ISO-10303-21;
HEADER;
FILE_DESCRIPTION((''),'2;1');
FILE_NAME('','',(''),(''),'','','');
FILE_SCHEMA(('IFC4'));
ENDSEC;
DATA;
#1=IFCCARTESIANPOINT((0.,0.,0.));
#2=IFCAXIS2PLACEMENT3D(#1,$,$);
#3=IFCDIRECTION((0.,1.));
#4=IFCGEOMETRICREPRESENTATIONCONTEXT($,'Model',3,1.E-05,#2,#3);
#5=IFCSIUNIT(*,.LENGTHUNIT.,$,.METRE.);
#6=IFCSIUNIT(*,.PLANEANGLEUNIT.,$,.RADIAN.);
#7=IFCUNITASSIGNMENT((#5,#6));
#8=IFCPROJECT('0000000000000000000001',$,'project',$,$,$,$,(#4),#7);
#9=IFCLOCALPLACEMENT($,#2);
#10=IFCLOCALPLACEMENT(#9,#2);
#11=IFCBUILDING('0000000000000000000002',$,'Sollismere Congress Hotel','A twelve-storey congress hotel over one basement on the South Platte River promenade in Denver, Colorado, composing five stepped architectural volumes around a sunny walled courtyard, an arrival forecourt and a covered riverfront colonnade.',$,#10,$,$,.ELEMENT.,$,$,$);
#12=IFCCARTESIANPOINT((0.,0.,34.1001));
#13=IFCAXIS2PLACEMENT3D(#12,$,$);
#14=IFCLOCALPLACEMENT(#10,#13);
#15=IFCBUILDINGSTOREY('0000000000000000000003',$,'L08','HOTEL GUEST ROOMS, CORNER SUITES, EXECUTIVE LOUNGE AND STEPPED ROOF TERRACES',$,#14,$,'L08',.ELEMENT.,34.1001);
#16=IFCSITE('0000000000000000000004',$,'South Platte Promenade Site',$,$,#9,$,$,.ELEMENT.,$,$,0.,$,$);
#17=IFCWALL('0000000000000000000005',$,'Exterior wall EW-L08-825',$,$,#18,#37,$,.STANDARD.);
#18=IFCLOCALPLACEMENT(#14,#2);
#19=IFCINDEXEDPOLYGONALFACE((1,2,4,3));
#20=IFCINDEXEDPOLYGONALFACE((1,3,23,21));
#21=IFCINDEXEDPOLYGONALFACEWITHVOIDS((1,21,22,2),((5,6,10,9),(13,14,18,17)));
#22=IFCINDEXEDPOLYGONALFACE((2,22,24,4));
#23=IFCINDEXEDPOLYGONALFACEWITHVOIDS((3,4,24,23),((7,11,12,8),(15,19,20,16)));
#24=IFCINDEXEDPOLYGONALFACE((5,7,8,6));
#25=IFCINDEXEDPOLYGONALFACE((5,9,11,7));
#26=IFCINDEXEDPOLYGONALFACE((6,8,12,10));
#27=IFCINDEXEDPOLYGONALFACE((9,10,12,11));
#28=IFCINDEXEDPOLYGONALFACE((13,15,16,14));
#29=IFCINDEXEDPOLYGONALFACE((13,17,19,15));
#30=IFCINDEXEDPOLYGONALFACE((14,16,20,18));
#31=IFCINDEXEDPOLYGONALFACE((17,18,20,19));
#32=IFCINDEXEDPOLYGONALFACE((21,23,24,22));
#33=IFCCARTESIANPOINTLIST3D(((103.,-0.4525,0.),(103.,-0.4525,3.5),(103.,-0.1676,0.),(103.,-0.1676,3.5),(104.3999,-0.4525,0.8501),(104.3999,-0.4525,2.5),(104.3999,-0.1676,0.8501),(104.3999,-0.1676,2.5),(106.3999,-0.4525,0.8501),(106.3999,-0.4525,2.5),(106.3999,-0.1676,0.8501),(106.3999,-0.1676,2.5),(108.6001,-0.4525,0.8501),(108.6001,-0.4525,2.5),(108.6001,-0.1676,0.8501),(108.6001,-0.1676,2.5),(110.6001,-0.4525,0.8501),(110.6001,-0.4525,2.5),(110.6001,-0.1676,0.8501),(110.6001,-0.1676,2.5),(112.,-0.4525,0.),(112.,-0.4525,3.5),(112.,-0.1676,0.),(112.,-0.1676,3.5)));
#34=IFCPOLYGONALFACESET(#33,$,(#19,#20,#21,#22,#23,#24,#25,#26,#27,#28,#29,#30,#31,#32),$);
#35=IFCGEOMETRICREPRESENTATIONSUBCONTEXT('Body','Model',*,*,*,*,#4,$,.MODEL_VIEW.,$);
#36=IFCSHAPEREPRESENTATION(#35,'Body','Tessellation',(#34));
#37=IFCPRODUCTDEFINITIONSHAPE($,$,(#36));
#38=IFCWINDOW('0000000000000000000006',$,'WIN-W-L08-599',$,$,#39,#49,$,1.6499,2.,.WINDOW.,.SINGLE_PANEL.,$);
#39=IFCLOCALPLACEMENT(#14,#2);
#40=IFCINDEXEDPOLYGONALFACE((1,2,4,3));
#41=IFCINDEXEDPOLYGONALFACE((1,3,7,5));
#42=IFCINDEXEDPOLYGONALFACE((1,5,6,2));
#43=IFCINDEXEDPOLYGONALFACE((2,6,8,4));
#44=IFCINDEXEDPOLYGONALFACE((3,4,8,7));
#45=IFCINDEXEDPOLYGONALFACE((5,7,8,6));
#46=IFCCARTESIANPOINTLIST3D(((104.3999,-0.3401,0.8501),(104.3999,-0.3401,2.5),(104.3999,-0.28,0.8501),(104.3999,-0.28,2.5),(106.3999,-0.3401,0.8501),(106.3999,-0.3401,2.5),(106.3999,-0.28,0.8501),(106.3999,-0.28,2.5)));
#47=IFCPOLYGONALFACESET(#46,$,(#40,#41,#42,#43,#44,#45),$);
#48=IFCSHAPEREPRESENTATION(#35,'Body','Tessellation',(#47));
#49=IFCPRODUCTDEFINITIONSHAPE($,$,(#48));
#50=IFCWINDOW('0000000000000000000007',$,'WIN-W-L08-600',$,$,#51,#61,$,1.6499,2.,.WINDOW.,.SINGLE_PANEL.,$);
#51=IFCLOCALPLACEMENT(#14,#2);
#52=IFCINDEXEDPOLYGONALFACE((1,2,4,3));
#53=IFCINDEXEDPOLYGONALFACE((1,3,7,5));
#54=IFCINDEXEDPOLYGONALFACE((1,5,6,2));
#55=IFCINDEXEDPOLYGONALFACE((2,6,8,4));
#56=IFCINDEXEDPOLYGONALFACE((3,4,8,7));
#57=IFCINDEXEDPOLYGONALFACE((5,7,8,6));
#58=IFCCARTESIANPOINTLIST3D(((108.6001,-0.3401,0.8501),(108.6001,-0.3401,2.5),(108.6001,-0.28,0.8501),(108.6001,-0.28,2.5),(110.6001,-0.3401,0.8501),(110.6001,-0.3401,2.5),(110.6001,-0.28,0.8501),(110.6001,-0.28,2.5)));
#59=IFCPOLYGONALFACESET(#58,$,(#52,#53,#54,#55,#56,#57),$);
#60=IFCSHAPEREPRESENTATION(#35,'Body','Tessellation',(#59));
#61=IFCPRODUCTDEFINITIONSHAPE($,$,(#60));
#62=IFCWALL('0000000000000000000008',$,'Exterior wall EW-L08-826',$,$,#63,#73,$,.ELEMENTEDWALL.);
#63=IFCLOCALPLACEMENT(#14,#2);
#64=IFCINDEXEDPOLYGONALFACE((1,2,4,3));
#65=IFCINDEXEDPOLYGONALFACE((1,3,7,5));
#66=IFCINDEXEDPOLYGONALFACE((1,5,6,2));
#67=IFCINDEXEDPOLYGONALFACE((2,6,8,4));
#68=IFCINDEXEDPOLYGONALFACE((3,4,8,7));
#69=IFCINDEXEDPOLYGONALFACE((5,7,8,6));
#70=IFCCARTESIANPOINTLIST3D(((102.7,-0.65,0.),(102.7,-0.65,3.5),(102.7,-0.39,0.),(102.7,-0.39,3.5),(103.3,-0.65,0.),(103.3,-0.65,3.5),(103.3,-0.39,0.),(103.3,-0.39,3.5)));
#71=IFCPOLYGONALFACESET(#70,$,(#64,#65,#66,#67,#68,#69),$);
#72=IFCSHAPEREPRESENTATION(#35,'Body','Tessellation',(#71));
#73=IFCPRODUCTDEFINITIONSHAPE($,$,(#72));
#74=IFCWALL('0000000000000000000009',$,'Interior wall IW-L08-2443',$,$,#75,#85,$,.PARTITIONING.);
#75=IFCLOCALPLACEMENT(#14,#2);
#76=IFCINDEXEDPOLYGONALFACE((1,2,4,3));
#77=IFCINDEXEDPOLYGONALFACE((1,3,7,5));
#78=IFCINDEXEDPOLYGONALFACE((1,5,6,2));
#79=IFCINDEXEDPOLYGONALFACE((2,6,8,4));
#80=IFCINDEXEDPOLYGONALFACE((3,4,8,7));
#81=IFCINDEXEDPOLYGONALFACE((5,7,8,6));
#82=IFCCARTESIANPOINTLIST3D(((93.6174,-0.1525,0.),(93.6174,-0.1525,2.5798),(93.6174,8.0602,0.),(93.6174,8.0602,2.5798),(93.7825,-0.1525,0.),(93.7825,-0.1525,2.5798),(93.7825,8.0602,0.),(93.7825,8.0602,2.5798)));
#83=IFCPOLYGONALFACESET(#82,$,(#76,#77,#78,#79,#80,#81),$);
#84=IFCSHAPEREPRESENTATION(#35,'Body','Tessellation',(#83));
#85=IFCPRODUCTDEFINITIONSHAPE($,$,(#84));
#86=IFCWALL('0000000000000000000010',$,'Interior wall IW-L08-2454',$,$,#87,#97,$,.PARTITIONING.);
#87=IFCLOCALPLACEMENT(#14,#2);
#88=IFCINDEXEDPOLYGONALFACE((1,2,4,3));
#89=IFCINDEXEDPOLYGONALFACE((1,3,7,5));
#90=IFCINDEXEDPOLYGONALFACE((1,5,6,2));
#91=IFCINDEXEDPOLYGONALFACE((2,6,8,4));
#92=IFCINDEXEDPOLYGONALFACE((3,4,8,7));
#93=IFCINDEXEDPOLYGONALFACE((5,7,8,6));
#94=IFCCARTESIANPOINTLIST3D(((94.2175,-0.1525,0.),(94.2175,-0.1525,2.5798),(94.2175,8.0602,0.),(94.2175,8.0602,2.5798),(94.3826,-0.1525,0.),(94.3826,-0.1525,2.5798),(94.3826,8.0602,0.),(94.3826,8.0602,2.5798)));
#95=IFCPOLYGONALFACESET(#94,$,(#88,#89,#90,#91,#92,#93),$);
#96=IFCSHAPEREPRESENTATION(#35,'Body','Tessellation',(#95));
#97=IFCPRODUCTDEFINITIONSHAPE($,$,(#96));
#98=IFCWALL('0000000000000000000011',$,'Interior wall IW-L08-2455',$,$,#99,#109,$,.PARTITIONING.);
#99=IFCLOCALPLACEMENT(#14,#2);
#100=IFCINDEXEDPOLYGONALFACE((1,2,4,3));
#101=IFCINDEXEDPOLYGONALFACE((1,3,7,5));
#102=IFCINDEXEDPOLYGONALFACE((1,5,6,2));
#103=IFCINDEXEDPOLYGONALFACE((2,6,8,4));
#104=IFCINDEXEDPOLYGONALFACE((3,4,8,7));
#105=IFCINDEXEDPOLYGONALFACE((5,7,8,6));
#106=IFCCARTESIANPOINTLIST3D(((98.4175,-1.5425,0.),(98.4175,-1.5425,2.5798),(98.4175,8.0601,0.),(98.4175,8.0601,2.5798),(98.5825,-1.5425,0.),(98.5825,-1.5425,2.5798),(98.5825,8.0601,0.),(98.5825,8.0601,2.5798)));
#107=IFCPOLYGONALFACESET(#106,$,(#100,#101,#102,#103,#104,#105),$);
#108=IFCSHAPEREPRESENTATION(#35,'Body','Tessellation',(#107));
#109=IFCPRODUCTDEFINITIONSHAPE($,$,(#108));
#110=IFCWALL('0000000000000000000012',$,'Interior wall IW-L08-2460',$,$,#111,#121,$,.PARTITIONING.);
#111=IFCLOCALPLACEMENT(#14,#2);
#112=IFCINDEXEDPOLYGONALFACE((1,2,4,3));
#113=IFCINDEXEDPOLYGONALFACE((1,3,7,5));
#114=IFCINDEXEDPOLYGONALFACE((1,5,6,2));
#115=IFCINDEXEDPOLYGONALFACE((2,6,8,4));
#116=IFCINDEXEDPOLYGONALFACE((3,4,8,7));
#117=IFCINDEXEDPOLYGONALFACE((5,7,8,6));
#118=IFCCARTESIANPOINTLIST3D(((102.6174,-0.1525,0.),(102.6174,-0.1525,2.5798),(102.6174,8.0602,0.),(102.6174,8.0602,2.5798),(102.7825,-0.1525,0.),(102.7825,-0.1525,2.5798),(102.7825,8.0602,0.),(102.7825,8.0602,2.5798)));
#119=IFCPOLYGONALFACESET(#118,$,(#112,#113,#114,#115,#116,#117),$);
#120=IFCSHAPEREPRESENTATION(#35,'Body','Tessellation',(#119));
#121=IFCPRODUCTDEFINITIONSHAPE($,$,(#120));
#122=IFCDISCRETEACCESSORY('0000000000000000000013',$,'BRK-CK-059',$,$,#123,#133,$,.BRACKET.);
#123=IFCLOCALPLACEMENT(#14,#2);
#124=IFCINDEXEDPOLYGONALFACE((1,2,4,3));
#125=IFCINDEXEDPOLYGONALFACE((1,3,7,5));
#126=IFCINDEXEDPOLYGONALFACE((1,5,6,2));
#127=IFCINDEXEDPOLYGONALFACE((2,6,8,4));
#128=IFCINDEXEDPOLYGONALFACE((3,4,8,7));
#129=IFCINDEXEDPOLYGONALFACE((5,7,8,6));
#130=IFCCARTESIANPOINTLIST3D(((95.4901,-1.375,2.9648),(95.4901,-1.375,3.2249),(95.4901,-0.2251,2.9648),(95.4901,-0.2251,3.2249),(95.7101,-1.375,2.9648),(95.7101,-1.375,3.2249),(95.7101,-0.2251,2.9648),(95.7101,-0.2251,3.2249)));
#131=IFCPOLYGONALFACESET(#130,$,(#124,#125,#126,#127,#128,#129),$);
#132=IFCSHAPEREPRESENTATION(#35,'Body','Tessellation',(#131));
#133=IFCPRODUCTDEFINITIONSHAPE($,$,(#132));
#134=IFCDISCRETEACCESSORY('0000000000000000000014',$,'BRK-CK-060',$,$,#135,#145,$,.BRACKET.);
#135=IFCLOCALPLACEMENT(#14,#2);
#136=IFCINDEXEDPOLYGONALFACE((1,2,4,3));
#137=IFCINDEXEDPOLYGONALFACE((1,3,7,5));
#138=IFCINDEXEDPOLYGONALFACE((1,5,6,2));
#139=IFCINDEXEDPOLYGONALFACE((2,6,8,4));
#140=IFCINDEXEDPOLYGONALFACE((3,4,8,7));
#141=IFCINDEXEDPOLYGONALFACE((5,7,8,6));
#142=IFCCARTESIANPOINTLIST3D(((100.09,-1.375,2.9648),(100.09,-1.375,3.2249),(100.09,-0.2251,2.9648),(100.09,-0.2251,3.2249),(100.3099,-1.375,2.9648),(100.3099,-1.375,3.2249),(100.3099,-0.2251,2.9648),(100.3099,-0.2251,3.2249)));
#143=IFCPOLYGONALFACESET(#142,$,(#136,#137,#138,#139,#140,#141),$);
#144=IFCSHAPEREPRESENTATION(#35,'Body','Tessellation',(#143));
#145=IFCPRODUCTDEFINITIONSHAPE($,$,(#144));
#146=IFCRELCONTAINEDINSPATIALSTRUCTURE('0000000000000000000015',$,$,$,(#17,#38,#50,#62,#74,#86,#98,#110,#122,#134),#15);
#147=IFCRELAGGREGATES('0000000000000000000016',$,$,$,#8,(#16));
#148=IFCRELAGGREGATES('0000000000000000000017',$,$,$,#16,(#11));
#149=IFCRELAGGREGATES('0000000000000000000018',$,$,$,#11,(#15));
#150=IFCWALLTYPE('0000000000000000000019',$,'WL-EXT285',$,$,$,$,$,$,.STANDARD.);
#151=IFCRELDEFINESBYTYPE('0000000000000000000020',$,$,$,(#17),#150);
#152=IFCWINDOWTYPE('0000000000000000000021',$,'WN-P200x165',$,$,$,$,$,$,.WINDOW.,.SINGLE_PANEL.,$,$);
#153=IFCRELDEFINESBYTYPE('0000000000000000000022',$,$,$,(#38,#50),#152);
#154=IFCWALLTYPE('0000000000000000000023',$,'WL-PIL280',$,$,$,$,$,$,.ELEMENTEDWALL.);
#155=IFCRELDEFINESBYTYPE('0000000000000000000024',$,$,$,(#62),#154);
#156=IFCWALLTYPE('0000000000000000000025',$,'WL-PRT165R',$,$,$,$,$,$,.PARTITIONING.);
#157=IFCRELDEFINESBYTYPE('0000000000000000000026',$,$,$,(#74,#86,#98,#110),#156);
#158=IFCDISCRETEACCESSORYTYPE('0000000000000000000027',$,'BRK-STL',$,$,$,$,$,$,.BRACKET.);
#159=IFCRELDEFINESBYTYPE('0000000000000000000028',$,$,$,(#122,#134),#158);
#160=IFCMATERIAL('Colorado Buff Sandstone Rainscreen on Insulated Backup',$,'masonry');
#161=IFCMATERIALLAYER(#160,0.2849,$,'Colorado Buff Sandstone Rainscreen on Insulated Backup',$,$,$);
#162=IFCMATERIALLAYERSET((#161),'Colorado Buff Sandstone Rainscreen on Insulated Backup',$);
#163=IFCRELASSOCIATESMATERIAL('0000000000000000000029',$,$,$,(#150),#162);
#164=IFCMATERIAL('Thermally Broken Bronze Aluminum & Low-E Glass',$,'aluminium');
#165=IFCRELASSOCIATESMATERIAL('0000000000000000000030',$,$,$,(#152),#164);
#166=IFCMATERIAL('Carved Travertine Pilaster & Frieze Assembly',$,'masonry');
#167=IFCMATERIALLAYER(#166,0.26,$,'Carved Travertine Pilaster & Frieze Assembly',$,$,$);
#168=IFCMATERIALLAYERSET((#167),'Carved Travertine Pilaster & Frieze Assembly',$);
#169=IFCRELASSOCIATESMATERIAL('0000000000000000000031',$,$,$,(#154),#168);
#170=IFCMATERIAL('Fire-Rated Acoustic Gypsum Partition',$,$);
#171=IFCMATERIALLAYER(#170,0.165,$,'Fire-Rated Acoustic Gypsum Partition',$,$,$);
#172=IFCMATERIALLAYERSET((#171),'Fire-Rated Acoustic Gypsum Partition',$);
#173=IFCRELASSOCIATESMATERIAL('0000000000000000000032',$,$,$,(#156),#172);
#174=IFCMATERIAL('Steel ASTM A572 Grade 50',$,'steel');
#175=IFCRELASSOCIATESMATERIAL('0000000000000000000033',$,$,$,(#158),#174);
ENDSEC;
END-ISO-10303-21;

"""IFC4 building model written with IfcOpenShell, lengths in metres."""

from ifc_helpers import new_model, si_unit, direction, frame, frame_2d, origin, origin_2d, place, context, subcontext, project, spatial, rectangle, extrude, material, layer, layer_set, type_object, element, fill, save


model = new_model("IFC4")

# Units and contexts
model_context = context("Model", 3, precision=1e-05, world=origin(), true_north=direction((0.0, 1.0)))
body_context = subcontext(model_context, "Body", "Model", "MODEL_VIEW")
ifc_project = project(units=[si_unit("LENGTHUNIT", "METRE"), si_unit("PLANEANGLEUNIT", "RADIAN")], contexts=[model_context])

# Site, building, storey
site_placement = place(None, origin())
site = spatial("IfcSite", under=ifc_project, at=site_placement, Name="South Platte Promenade Site", CompositionType="ELEMENT", RefElevation=0.0)
building_placement = place(site_placement, origin())
building = spatial("IfcBuilding", under=site, at=building_placement, Name="Sollismere Congress Hotel", Description="A twelve-storey congress hotel over one basement on the South Platte River promenade in Denver, Colorado, composing five stepped architectural volumes around a sunny walled courtyard, an arrival forecourt and a covered riverfront colonnade.", CompositionType="ELEMENT")
storey_placement = place(building_placement, frame((0.0, 0.0, 34.1001)))
storey = spatial("IfcBuildingStorey", under=building, at=storey_placement, Name="L08", Description="HOTEL GUEST ROOMS, CORNER SUITES, EXECUTIVE LOUNGE AND STEPPED ROOF TERRACES", LongName="L08", CompositionType="ELEMENT", Elevation=34.1001)

# Shared definitions
ifc_material_1 = material(Name="Colorado Buff Sandstone Rainscreen on Insulated Backup", Category="masonry")
ifc_layer_1 = layer(ifc_material_1, 0.2849, Name="Colorado Buff Sandstone Rainscreen on Insulated Backup")
ifc_layer_set_1 = layer_set([ifc_layer_1], Name="Colorado Buff Sandstone Rainscreen on Insulated Backup")
wall_type_1 = type_object("IfcWallType", Name="WL-EXT285", PredefinedType="STANDARD", material=ifc_layer_set_1)

# Shared definitions
ifc_material_2 = material(Name="Thermally Broken Bronze Aluminum & Low-E Glass", Category="aluminium")

# Wall, openings, windows
wall_1_placement = place(storey_placement, frame((103.0, -0.3101, 0.0), z_axis=(0.0, 0.0, 1.0), x_axis=(1.0, 0.0, 0.0)))
wall_1 = element("IfcWall", 1, at=wall_1_placement, inside=storey, type_object=wall_type_1, Name="Exterior wall EW-L08-825", PredefinedType="STANDARD", context=body_context, shape_type="SweptSolid", body=[
    extrude(rectangle(XDim=9.0, YDim=0.2849, at=frame_2d((4.5, 0.0))), origin(), (0.0, 0.0, 1.0), 3.5),
])
opening_1_placement = place(wall_1_placement, frame((1.3999, 0.0, 0.8501)))
opening_1 = element("IfcOpeningElement", 2, at=opening_1_placement, cuts=wall_1, PredefinedType="OPENING", context=body_context, shape_type="SweptSolid", body=[
    extrude(rectangle(XDim=2.0, YDim=1.6499, at=frame_2d((1.0, 0.825))), frame((0.0, 0.1523, 0.0), z_axis=(0.0, -1.0, 0.0), x_axis=(1.0, 0.0, 0.0)), (0.0, 0.0, 1.0), 0.3049),
])
opening_2_placement = place(wall_1_placement, frame((5.6001, 0.0, 0.8501)))
opening_2 = element("IfcOpeningElement", 3, at=opening_2_placement, cuts=wall_1, PredefinedType="OPENING", context=body_context, shape_type="SweptSolid", body=[
    extrude(rectangle(XDim=2.0, YDim=1.6499, at=frame_2d((1.0, 0.825))), frame((0.0, 0.1523, 0.0), z_axis=(0.0, -1.0, 0.0), x_axis=(1.0, 0.0, 0.0)), (0.0, 0.0, 1.0), 0.3049),
])
window_type_1 = type_object("IfcWindowType", Name="WN-P200x165", PartitioningType="SINGLE_PANEL", PredefinedType="WINDOW", material=ifc_material_2)
window_1_placement = place(opening_1_placement, origin())
window_1 = element("IfcWindow", 4, at=window_1_placement, inside=storey, type_object=window_type_1, Name="WIN-W-L08-599", OverallHeight=1.6499, OverallWidth=2.0, PartitioningType="SINGLE_PANEL", PredefinedType="WINDOW", context=body_context, shape_type="SweptSolid", body=[
    extrude(rectangle(XDim=2.0, YDim=1.6499, at=frame_2d((1.0, 0.825))), frame((0.0, 0.03, 0.0), z_axis=(0.0, -1.0, 0.0), x_axis=(1.0, 0.0, 0.0)), (0.0, 0.0, 1.0), 0.0601),
])
fill(opening_1, window_1)
window_2_placement = place(opening_2_placement, origin())
window_2 = element("IfcWindow", 5, at=window_2_placement, inside=storey, type_object=window_type_1, Name="WIN-W-L08-600", OverallHeight=1.6499, OverallWidth=2.0, PartitioningType="SINGLE_PANEL", PredefinedType="WINDOW", context=body_context, shape_type="SweptSolid", body=[
    extrude(rectangle(XDim=2.0, YDim=1.6499, at=frame_2d((1.0, 0.825))), frame((0.0, 0.03, 0.0), z_axis=(0.0, -1.0, 0.0), x_axis=(1.0, 0.0, 0.0)), (0.0, 0.0, 1.0), 0.0601),
])
fill(opening_2, window_2)

# Walls
ifc_material_3 = material(Name="Carved Travertine Pilaster & Frieze Assembly", Category="masonry")
ifc_layer_2 = layer(ifc_material_3, 0.26, Name="Carved Travertine Pilaster & Frieze Assembly")
ifc_layer_set_2 = layer_set([ifc_layer_2], Name="Carved Travertine Pilaster & Frieze Assembly")
wall_type_2 = type_object("IfcWallType", Name="WL-PIL280", PredefinedType="ELEMENTEDWALL", material=ifc_layer_set_2)
wall_2_placement = place(storey_placement, frame((102.7, -0.52, 0.0), z_axis=(0.0, 0.0, 1.0), x_axis=(1.0, 0.0, 0.0)))
element("IfcWall", 6, at=wall_2_placement, inside=storey, type_object=wall_type_2, Name="Exterior wall EW-L08-826", PredefinedType="ELEMENTEDWALL", context=body_context, shape_type="SweptSolid", body=[
    extrude(rectangle(XDim=0.6001, YDim=0.26, at=frame_2d((0.3, 0.0))), origin(), (0.0, 0.0, 1.0), 3.5),
])
ifc_material_4 = material(Name="Fire-Rated Acoustic Gypsum Partition")
ifc_layer_3 = layer(ifc_material_4, 0.165, Name="Fire-Rated Acoustic Gypsum Partition")
ifc_layer_set_3 = layer_set([ifc_layer_3], Name="Fire-Rated Acoustic Gypsum Partition")
wall_type_3 = type_object("IfcWallType", Name="WL-PRT165R", PredefinedType="PARTITIONING", material=ifc_layer_set_3)
for number, where, z_axis, x_axis, name in (
    (7, (93.7, -0.1526, 0.0), (0.0, 0.0, 1.0), (0.0, 1.0, 0.0), "Interior wall IW-L08-2443"),
    (8, (94.3, -0.1526, 0.0), (0.0, 0.0, 1.0), (0.0, 1.0, 0.0), "Interior wall IW-L08-2454"),
):
    element("IfcWall", number, at=place(storey_placement, frame(where, z_axis=z_axis, x_axis=x_axis)), inside=storey, type_object=wall_type_3, Name=name, PredefinedType="PARTITIONING", context=body_context, shape_type="SweptSolid", body=[
        extrude(rectangle(XDim=8.2126, YDim=0.165, at=frame_2d((4.1064, 0.0))), origin(), (0.0, 0.0, 1.0), 2.5798),
    ])
wall_3_placement = place(storey_placement, frame((98.5, -1.5425, 0.0), z_axis=(0.0, 0.0, 1.0), x_axis=(0.0, 1.0, 0.0)))
element("IfcWall", 9, at=wall_3_placement, inside=storey, type_object=wall_type_3, Name="Interior wall IW-L08-2455", PredefinedType="PARTITIONING", context=body_context, shape_type="SweptSolid", body=[
    extrude(rectangle(XDim=9.6025, YDim=0.165, at=frame_2d((4.8013, 0.0))), origin(), (0.0, 0.0, 1.0), 2.5798),
])
wall_4_placement = place(storey_placement, frame((102.7, -0.1526, 0.0), z_axis=(0.0, 0.0, 1.0), x_axis=(0.0, 1.0, 0.0)))
element("IfcWall", 10, at=wall_4_placement, inside=storey, type_object=wall_type_3, Name="Interior wall IW-L08-2460", PredefinedType="PARTITIONING", context=body_context, shape_type="SweptSolid", body=[
    extrude(rectangle(XDim=8.2126, YDim=0.165, at=frame_2d((4.1064, 0.0))), origin(), (0.0, 0.0, 1.0), 2.5798),
])

# Discrete accessories
ifc_material_5 = material(Name="Steel ASTM A572 Grade 50", Category="steel")
discrete_accessory_type = type_object("IfcDiscreteAccessoryType", Name="BRK-STL", PredefinedType="BRACKET", material=ifc_material_5)
for number, where, z_axis, x_axis, name in (
    (11, (95.6001, -0.8, 2.9648), (0.0, 0.0, 1.0), (1.0, 0.0, 0.0), "BRK-CK-059"),
    (12, (100.2, -0.8, 2.9648), (0.0, 0.0, 1.0), (1.0, 0.0, 0.0), "BRK-CK-060"),
):
    element("IfcDiscreteAccessory", number, at=place(storey_placement, frame(where, z_axis=z_axis, x_axis=x_axis)), inside=storey, type_object=discrete_accessory_type, Name=name, PredefinedType="BRACKET", context=body_context, shape_type="SweptSolid", body=[
        extrude(rectangle(XDim=0.22, YDim=1.1499, at=origin_2d()), origin(), (0.0, 0.0, 1.0), 0.26),
    ])

save(model, "model.ifc")
